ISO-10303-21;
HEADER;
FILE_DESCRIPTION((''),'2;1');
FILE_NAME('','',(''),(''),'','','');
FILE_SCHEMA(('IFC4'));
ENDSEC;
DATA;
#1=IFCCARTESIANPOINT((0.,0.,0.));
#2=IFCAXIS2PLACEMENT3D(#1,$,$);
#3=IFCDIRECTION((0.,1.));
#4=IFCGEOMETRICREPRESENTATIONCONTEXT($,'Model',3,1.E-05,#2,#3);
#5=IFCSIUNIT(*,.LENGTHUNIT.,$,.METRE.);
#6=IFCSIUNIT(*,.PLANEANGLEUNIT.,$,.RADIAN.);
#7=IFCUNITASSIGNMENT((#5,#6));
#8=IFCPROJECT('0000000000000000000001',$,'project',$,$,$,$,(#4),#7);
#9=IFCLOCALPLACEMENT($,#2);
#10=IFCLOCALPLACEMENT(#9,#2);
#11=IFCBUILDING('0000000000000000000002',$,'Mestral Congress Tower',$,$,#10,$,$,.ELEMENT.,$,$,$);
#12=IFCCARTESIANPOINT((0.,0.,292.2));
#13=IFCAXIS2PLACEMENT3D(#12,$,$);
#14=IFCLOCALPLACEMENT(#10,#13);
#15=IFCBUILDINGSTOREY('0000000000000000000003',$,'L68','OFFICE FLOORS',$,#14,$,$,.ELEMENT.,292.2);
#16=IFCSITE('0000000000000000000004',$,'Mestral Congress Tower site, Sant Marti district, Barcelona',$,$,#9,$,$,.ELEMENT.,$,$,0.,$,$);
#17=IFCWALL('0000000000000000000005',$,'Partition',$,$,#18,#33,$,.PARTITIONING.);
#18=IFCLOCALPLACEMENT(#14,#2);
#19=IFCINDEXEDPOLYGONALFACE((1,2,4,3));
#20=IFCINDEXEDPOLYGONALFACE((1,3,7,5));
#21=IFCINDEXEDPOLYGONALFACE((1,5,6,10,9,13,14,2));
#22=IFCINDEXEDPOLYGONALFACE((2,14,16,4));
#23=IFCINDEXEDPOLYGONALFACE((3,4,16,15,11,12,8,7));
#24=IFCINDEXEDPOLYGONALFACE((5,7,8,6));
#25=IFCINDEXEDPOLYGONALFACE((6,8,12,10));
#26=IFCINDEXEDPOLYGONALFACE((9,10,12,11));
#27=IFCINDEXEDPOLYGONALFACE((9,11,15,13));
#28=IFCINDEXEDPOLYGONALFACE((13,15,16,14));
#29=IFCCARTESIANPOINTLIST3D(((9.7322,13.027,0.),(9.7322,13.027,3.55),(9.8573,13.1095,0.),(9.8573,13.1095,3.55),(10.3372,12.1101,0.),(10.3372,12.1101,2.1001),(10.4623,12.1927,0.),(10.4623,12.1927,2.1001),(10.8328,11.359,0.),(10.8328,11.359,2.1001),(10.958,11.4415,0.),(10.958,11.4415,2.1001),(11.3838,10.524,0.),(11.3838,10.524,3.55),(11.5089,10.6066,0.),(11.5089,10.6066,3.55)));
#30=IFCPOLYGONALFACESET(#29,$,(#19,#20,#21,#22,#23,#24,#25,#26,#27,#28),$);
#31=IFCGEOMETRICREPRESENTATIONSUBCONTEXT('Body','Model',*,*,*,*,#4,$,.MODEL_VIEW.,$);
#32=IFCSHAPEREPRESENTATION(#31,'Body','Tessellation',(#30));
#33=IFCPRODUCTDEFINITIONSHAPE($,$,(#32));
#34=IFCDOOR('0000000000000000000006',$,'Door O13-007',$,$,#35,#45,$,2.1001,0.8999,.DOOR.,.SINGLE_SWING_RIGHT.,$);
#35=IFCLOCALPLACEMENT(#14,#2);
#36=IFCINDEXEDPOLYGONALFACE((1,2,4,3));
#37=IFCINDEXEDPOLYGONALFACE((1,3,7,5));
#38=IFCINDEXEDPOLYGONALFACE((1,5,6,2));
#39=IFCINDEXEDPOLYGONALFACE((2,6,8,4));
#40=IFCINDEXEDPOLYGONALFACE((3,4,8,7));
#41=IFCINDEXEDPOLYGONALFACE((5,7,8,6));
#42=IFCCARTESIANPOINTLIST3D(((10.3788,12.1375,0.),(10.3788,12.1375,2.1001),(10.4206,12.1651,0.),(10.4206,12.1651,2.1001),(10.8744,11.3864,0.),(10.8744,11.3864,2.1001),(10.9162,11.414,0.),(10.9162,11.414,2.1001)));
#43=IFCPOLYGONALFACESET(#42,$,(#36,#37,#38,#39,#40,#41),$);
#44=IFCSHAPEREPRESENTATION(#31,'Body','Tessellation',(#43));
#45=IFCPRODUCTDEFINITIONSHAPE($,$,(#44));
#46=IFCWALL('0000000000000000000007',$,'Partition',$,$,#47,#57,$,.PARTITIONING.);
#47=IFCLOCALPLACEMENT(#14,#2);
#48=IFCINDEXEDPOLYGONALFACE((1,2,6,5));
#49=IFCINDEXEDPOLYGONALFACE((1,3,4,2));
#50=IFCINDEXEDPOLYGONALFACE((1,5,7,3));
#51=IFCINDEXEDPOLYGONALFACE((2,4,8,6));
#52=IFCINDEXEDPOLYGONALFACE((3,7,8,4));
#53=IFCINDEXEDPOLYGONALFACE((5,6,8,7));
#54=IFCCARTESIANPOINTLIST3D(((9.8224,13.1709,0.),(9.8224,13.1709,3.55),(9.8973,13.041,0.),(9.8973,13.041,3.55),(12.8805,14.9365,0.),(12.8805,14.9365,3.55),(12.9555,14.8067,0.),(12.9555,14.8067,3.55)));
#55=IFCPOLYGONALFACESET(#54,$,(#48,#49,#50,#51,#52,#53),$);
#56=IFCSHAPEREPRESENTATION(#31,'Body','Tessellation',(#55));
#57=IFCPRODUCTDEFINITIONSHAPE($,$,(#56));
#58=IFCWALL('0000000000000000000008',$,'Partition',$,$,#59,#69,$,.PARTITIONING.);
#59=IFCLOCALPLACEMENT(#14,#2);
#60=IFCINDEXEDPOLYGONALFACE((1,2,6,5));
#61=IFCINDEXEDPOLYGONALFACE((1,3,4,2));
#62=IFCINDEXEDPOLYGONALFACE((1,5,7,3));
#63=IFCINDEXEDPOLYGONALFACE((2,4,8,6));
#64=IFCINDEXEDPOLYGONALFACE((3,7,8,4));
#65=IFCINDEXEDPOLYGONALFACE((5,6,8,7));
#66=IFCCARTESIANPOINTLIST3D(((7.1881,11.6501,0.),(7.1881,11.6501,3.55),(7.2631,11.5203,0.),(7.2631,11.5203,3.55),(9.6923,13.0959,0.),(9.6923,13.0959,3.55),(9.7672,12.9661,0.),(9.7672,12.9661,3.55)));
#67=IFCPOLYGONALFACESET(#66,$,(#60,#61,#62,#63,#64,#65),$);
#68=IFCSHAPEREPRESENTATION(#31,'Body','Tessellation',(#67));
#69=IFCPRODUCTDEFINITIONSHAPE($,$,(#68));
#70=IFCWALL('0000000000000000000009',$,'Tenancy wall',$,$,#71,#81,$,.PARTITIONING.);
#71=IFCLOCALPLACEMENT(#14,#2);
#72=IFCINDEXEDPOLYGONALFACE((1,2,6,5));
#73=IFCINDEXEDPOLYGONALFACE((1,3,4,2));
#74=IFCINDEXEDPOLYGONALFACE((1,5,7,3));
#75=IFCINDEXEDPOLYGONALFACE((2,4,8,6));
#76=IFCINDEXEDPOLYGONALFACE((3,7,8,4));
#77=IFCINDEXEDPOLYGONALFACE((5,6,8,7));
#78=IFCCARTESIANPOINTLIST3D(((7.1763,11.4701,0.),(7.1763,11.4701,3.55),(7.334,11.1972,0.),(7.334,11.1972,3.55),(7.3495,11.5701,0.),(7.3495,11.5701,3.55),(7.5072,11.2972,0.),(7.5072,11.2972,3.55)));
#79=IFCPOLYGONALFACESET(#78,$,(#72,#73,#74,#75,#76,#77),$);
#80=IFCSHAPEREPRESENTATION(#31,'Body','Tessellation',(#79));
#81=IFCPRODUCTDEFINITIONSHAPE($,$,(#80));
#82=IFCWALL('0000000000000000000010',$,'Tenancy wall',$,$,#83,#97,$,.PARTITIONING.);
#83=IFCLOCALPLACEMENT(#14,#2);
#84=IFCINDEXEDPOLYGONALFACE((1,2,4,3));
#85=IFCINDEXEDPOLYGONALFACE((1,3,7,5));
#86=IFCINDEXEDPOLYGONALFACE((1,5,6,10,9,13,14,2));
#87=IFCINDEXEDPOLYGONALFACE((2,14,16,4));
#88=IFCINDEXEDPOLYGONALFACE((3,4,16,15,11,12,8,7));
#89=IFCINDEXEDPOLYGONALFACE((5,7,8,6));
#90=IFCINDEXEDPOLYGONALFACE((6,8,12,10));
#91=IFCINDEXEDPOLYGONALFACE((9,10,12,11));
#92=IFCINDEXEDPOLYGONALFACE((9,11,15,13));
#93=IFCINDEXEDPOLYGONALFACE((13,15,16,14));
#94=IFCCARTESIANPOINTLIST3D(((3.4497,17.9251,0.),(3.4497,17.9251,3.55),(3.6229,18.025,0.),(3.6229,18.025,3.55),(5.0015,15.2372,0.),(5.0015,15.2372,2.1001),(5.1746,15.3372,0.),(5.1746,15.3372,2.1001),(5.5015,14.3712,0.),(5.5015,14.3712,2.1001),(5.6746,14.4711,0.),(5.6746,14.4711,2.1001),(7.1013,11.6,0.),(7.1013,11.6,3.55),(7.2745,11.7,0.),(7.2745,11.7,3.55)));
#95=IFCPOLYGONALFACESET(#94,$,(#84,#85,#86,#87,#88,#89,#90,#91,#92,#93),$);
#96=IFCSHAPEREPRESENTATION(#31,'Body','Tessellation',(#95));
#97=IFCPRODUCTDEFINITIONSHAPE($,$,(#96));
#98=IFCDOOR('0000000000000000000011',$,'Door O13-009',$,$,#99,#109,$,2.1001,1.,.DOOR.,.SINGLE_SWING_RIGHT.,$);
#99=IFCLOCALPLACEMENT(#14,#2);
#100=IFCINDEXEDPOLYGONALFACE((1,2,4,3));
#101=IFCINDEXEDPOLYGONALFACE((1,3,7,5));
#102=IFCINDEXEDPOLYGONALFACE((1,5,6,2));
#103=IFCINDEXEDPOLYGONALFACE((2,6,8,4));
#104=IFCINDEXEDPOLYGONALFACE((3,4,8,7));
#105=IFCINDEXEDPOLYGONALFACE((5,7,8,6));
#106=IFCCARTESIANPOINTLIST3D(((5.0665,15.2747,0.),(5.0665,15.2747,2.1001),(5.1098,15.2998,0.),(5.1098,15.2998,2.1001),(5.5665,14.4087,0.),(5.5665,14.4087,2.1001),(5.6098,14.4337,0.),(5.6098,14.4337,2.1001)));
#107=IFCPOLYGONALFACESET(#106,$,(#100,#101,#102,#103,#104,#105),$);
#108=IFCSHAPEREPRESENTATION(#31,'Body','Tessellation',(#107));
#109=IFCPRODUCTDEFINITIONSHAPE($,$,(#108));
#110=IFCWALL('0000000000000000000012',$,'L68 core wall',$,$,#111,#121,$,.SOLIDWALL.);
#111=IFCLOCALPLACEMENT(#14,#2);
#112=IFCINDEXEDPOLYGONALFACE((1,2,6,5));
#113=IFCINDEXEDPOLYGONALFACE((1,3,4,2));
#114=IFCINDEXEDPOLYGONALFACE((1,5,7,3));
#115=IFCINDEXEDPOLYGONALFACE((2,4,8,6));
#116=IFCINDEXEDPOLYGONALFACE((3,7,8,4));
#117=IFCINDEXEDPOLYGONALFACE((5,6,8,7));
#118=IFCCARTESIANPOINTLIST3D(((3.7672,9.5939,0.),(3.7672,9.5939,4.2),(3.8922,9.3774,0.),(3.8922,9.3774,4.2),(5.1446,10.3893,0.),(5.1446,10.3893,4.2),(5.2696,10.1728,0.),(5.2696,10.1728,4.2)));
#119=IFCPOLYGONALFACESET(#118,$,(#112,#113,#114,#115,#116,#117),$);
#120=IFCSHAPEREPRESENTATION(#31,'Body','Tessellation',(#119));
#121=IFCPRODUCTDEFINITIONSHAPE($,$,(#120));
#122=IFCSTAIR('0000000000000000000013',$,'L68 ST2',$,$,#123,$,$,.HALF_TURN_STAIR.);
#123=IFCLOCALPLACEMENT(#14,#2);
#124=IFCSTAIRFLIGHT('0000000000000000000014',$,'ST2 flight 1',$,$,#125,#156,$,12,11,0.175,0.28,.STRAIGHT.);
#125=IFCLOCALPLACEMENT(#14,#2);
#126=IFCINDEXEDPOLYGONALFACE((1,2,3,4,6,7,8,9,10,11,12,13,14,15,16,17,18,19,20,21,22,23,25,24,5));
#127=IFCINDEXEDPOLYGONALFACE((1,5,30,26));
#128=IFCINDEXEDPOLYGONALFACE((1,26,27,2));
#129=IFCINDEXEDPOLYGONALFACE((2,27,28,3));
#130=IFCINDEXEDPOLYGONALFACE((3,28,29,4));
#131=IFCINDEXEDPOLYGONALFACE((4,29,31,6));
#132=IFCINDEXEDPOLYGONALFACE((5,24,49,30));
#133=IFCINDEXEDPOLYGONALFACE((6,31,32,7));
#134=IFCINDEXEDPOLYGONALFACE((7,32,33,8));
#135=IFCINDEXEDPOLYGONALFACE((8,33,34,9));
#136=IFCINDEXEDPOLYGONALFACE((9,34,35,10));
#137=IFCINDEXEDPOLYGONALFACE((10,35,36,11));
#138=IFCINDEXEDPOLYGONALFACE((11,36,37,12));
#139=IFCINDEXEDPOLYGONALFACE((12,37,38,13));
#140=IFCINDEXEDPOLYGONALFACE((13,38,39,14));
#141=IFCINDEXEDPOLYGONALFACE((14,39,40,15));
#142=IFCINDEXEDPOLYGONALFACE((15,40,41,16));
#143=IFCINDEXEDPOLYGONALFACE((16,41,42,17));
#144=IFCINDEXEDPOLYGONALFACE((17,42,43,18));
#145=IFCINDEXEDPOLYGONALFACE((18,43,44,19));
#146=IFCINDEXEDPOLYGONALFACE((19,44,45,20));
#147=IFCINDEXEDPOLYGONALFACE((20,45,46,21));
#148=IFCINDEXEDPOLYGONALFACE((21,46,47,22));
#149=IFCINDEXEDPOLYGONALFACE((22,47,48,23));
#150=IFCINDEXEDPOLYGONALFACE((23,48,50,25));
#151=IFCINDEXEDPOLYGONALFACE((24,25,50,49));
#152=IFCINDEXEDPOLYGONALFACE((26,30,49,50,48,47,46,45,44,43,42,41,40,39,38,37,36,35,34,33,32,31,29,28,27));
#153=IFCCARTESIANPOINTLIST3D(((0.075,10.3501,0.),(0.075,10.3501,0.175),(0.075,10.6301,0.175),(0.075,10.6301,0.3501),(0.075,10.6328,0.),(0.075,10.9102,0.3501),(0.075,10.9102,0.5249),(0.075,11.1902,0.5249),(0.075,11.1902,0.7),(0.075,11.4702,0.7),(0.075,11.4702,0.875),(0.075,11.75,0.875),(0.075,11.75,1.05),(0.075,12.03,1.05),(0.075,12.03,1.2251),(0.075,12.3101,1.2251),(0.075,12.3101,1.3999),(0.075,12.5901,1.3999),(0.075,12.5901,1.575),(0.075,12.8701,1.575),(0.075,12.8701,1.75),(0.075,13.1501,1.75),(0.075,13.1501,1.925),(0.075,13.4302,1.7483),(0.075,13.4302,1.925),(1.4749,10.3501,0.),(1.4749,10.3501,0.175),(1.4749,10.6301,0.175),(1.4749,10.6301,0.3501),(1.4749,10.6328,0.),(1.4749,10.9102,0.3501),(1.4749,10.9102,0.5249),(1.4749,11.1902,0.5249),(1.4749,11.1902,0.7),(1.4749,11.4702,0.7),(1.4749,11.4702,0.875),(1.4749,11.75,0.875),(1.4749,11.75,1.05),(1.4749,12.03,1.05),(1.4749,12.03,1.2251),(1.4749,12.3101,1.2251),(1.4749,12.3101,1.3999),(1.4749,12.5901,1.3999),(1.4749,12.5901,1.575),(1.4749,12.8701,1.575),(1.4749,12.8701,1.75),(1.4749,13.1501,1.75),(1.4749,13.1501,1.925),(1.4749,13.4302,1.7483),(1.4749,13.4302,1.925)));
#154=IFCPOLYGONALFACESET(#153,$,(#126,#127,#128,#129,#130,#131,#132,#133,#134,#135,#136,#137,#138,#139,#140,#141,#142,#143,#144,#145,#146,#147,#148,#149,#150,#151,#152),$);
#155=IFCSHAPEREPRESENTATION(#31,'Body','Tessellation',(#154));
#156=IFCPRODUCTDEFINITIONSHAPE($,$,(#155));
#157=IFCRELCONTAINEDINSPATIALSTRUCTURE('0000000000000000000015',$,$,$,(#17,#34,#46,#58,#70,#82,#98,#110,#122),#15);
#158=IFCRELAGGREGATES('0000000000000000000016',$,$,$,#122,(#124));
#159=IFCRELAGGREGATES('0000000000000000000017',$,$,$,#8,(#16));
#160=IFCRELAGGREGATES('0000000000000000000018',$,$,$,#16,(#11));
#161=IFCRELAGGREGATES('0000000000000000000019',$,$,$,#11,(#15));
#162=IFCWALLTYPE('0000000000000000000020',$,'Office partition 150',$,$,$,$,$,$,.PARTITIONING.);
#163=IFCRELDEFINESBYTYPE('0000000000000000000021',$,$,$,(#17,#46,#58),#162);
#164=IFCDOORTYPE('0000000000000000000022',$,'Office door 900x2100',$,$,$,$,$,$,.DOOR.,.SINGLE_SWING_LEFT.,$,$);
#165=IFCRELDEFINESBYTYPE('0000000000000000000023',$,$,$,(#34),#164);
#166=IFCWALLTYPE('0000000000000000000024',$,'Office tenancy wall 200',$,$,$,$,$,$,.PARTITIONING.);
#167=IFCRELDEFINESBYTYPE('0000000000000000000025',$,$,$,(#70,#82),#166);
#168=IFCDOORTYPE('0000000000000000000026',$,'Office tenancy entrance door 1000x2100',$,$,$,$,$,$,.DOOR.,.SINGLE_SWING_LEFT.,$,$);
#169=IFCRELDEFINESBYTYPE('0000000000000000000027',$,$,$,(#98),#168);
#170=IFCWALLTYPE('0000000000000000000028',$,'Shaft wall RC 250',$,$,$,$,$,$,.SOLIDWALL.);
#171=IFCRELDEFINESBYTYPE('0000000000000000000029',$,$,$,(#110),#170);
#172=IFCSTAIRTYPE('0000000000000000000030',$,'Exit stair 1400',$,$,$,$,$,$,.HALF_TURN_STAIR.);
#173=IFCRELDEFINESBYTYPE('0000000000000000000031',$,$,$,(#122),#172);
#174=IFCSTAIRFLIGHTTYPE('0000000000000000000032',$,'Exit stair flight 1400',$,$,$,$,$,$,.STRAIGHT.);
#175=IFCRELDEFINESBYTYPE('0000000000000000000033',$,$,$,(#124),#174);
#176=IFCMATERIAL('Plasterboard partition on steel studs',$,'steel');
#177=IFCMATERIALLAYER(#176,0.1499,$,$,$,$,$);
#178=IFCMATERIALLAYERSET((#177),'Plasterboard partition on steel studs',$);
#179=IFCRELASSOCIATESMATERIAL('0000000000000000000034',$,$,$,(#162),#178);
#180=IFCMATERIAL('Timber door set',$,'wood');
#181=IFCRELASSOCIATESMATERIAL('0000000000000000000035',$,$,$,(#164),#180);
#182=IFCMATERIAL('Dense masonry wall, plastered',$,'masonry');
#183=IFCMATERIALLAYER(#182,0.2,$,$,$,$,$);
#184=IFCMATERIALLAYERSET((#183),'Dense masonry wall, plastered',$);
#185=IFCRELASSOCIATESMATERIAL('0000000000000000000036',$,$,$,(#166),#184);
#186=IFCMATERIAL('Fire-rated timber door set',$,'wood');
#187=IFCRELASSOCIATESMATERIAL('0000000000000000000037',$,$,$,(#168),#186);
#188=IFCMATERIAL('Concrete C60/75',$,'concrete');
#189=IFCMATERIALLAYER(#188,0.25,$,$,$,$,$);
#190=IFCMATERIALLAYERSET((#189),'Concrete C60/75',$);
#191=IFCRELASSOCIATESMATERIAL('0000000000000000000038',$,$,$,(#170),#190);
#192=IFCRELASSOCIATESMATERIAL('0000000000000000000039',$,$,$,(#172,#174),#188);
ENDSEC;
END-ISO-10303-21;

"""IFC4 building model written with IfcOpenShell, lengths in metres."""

from ifc_helpers import new_model, si_unit, direction, frame, frame_2d, origin, place, context, subcontext, project, spatial, polyline, rectangle, outline, extrude, material, layer, layer_set, type_object, element, fill, aggregate, save


model = new_model("IFC4")

# Units and contexts
model_context = context("Model", 3, precision=1e-05, world=origin(), true_north=direction((0.0, 1.0)))
body_context = subcontext(model_context, "Body", "Model", "MODEL_VIEW")
ifc_project = project(units=[si_unit("LENGTHUNIT", "METRE"), si_unit("PLANEANGLEUNIT", "RADIAN")], contexts=[model_context])

# Site, building, storey
site_placement = place(None, origin())
site = spatial("IfcSite", under=ifc_project, at=site_placement, Name="Mestral Congress Tower site, Sant Marti district, Barcelona", CompositionType="ELEMENT", RefElevation=0.0)
building_placement = place(site_placement, origin())
building = spatial("IfcBuilding", under=site, at=building_placement, Name="Mestral Congress Tower", CompositionType="ELEMENT")
storey_placement = place(building_placement, frame((0.0, 0.0, 292.2)))
storey = spatial("IfcBuildingStorey", under=building, at=storey_placement, Name="L68", Description="OFFICE FLOORS", CompositionType="ELEMENT", Elevation=292.2)

# Shared definitions
ifc_material_1 = material(Name="Concrete C60/75", Category="concrete")

# Shared definitions
ifc_material_2 = material(Name="Plasterboard partition on steel studs", Category="steel")
ifc_layer_1 = layer(ifc_material_2, 0.1499)
ifc_layer_set_1 = layer_set([ifc_layer_1], Name="Plasterboard partition on steel studs")
wall_type_1 = type_object("IfcWallType", Name="Office partition 150", PredefinedType="PARTITIONING", material=ifc_layer_set_1)

# Wall, opening, door
ifc_material_3 = material(Name="Timber door set", Category="wood")
door_type_1 = type_object("IfcDoorType", Name="Office door 900x2100", OperationType="SINGLE_SWING_LEFT", PredefinedType="DOOR", material=ifc_material_3)
wall_1_placement = place(storey_placement, frame((9.7947, 13.0684, 0.0), z_axis=(0.0, 0.0, 1.0), x_axis=(0.550767, -0.834659, 0.0)))
wall_1 = element("IfcWall", 1, at=wall_1_placement, inside=storey, type_object=wall_type_1, Name="Partition", PredefinedType="PARTITIONING", context=body_context, shape_type="SweptSolid", body=[
    extrude(rectangle(XDim=2.9988, YDim=0.1499, at=frame_2d((1.4995, 0.0))), origin(), (0.0, 0.0, 1.0), 3.55),
])
opening_1_placement = place(wall_1_placement, frame((1.0986, 0.0, 0.0)))
opening_1 = element("IfcOpeningElement", 2, at=opening_1_placement, cuts=wall_1, PredefinedType="OPENING", context=body_context, shape_type="SweptSolid", body=[
    extrude(rectangle(XDim=0.8999, YDim=2.1001, at=frame_2d((0.45, 1.05))), frame((0.0, 0.085, 0.0), z_axis=(0.0, -1.0, 0.0), x_axis=(1.0, 0.0, 0.0)), (0.0, 0.0, 1.0), 0.1699),
])
door_1_placement = place(opening_1_placement, origin())
door_1 = element("IfcDoor", 3, at=door_1_placement, inside=storey, type_object=door_type_1, Name="Door O13-007", OperationType="SINGLE_SWING_RIGHT", OverallHeight=2.1001, OverallWidth=0.8999, PredefinedType="DOOR", context=body_context, shape_type="SweptSolid", body=[
    extrude(rectangle(XDim=0.8999, YDim=2.1001, at=frame_2d((0.45, 1.05))), frame((0.0, 0.0249, 0.0), z_axis=(0.0, -1.0, 0.0), x_axis=(1.0, 0.0, 0.0)), (0.0, 0.0, 1.0), 0.05),
])
fill(opening_1, door_1)

# Walls
wall_2_placement = place(storey_placement, frame((9.8599, 13.106, 0.0), z_axis=(0.0, 0.0, 1.0), x_axis=(0.866022, 0.500006, 0.0)))
element("IfcWall", 4, at=wall_2_placement, inside=storey, type_object=wall_type_1, Name="Partition", PredefinedType="PARTITIONING", context=body_context, shape_type="SweptSolid", body=[
    extrude(rectangle(XDim=3.5312, YDim=0.1499, at=frame_2d((1.7656, 0.0))), origin(), (0.0, 0.0, 1.0), 3.55),
])
wall_3_placement = place(storey_placement, frame((7.2256, 11.5852, 0.0), z_axis=(0.0, 0.0, 1.0), x_axis=(0.866021, 0.500007, 0.0)))
element("IfcWall", 5, at=wall_3_placement, inside=storey, type_object=wall_type_1, Name="Partition", PredefinedType="PARTITIONING", context=body_context, shape_type="SweptSolid", body=[
    extrude(rectangle(XDim=2.8916, YDim=0.1499, at=frame_2d((1.4458, 0.0))), origin(), (0.0, 0.0, 1.0), 3.55),
])
ifc_material_4 = material(Name="Dense masonry wall, plastered", Category="masonry")
ifc_layer_2 = layer(ifc_material_4, 0.2)
ifc_layer_set_2 = layer_set([ifc_layer_2], Name="Dense masonry wall, plastered")
wall_type_2 = type_object("IfcWallType", Name="Office tenancy wall 200", PredefinedType="PARTITIONING", material=ifc_layer_set_2)
wall_4_placement = place(storey_placement, frame((7.4207, 11.2471, 0.0), z_axis=(0.0, 0.0, 1.0), x_axis=(-0.500303, 0.86585, 0.0)))
element("IfcWall", 6, at=wall_4_placement, inside=storey, type_object=wall_type_2, Name="Tenancy wall", PredefinedType="PARTITIONING", context=body_context, shape_type="SweptSolid", body=[
    extrude(rectangle(XDim=0.3152, YDim=0.2, at=frame_2d((0.1577, 0.0))), origin(), (0.0, 0.0, 1.0), 3.55),
])

# Wall, opening, door
wall_5_placement = place(storey_placement, frame((7.188, 11.6499, 0.0), z_axis=(0.0, 0.0, 1.0), x_axis=(-0.49999, 0.866031, 0.0)))
wall_5 = element("IfcWall", 7, at=wall_5_placement, inside=storey, type_object=wall_type_2, Name="Tenancy wall", PredefinedType="PARTITIONING", context=body_context, shape_type="SweptSolid", body=[
    extrude(rectangle(XDim=7.3035, YDim=0.2, at=frame_2d((3.6519, 0.0))), origin(), (0.0, 0.0, 1.0), 3.55),
])
opening_2_placement = place(wall_5_placement, frame((3.2, 0.0, 0.0)))
opening_2 = element("IfcOpeningElement", 8, at=opening_2_placement, cuts=wall_5, PredefinedType="OPENING", context=body_context, shape_type="SweptSolid", body=[
    extrude(rectangle(XDim=1.0, YDim=2.1001, at=frame_2d((0.5, 1.05))), frame((0.0, 0.1099, 0.0), z_axis=(0.0, -1.0, 0.0), x_axis=(1.0, 0.0, 0.0)), (0.0, 0.0, 1.0), 0.22),
])
ifc_material_5 = material(Name="Fire-rated timber door set", Category="wood")
door_type_2 = type_object("IfcDoorType", Name="Office tenancy entrance door 1000x2100", OperationType="SINGLE_SWING_LEFT", PredefinedType="DOOR", material=ifc_material_5)
door_2_placement = place(opening_2_placement, origin())
door_2 = element("IfcDoor", 9, at=door_2_placement, inside=storey, type_object=door_type_2, Name="Door O13-009", OperationType="SINGLE_SWING_RIGHT", OverallHeight=2.1001, OverallWidth=1.0, PredefinedType="DOOR", context=body_context, shape_type="SweptSolid", body=[
    extrude(rectangle(XDim=1.0, YDim=2.1001, at=frame_2d((0.5, 1.05))), frame((0.0, 0.0249, 0.0), z_axis=(0.0, -1.0, 0.0), x_axis=(1.0, 0.0, 0.0)), (0.0, 0.0, 1.0), 0.05),
])
fill(opening_2, door_2)

# Wall
ifc_layer_3 = layer(ifc_material_1, 0.25)
ifc_layer_set_3 = layer_set([ifc_layer_3], Name="Concrete C60/75")
wall_type_3 = type_object("IfcWallType", Name="Shaft wall RC 250", PredefinedType="SOLIDWALL", material=ifc_layer_set_3)
wall_6_placement = place(storey_placement, frame((3.8296, 9.4856, 0.0), z_axis=(0.0, 0.0, 1.0), x_axis=(0.865986, 0.500068, 0.0)))
element("IfcWall", 10, at=wall_6_placement, inside=storey, type_object=wall_type_3, Name="L68 core wall", PredefinedType="SOLIDWALL", context=body_context, shape_type="SweptSolid", body=[
    extrude(rectangle(XDim=1.5906, YDim=0.25, at=frame_2d((0.7954, 0.0))), origin(), (0.0, 0.0, 1.0), 4.2),
])

# Stair, stair flight
stair_type = type_object("IfcStairType", Name="Exit stair 1400", PredefinedType="HALF_TURN_STAIR", material=ifc_material_1)
stair_placement = place(storey_placement, origin())
stair = element("IfcStair", 11, at=stair_placement, inside=storey, type_object=stair_type, Name="L68 ST2", PredefinedType="HALF_TURN_STAIR")
stair_flight_type = type_object("IfcStairFlightType", Name="Exit stair flight 1400", PredefinedType="STRAIGHT", material=ifc_material_1)
stair_flight_placement = place(storey_placement, frame((0.7749, 10.3501, 0.0), z_axis=(0.0, 0.0, 1.0), x_axis=(0.0, 1.0, 0.0)))
stair_flight = element("IfcStairFlight", 12, at=stair_flight_placement, type_object=stair_flight_type, Name="ST2 flight 1", NumberOfRisers=12, NumberOfTreads=11, PredefinedType="STRAIGHT", RiserHeight=0.175, TreadLength=0.28, context=body_context, shape_type="SweptSolid", body=[
    extrude(outline(polyline([(0.0, 0.0), (0.0, 0.175), (0.28, 0.175), (0.28, 0.3501), (0.5601, 0.3501), (0.5601, 0.5249), (0.8401, 0.5249), (0.8401, 0.7), (1.1201, 0.7), (1.1201, 0.875), (1.3999, 0.875), (1.3999, 1.05), (1.6799, 1.05), (1.6799, 1.2251), (1.96, 1.2251), (1.96, 1.3999), (2.24, 1.3999), (2.24, 1.575), (2.52, 1.575), (2.52, 1.75), (2.8, 1.75), (2.8, 1.925), (3.0801, 1.925), (3.0801, 2.1001), (3.0801, 1.7483), (0.2827, 0.0), (0.0, 0.0)])), frame((0.0, 0.7, 0.0), z_axis=(0.0, -1.0, 0.0), x_axis=(1.0, 0.0, 0.0)), (0.0, 0.0, 1.0), 1.3999),
])
aggregate(stair, [stair_flight])

save(model, "model.ifc")
